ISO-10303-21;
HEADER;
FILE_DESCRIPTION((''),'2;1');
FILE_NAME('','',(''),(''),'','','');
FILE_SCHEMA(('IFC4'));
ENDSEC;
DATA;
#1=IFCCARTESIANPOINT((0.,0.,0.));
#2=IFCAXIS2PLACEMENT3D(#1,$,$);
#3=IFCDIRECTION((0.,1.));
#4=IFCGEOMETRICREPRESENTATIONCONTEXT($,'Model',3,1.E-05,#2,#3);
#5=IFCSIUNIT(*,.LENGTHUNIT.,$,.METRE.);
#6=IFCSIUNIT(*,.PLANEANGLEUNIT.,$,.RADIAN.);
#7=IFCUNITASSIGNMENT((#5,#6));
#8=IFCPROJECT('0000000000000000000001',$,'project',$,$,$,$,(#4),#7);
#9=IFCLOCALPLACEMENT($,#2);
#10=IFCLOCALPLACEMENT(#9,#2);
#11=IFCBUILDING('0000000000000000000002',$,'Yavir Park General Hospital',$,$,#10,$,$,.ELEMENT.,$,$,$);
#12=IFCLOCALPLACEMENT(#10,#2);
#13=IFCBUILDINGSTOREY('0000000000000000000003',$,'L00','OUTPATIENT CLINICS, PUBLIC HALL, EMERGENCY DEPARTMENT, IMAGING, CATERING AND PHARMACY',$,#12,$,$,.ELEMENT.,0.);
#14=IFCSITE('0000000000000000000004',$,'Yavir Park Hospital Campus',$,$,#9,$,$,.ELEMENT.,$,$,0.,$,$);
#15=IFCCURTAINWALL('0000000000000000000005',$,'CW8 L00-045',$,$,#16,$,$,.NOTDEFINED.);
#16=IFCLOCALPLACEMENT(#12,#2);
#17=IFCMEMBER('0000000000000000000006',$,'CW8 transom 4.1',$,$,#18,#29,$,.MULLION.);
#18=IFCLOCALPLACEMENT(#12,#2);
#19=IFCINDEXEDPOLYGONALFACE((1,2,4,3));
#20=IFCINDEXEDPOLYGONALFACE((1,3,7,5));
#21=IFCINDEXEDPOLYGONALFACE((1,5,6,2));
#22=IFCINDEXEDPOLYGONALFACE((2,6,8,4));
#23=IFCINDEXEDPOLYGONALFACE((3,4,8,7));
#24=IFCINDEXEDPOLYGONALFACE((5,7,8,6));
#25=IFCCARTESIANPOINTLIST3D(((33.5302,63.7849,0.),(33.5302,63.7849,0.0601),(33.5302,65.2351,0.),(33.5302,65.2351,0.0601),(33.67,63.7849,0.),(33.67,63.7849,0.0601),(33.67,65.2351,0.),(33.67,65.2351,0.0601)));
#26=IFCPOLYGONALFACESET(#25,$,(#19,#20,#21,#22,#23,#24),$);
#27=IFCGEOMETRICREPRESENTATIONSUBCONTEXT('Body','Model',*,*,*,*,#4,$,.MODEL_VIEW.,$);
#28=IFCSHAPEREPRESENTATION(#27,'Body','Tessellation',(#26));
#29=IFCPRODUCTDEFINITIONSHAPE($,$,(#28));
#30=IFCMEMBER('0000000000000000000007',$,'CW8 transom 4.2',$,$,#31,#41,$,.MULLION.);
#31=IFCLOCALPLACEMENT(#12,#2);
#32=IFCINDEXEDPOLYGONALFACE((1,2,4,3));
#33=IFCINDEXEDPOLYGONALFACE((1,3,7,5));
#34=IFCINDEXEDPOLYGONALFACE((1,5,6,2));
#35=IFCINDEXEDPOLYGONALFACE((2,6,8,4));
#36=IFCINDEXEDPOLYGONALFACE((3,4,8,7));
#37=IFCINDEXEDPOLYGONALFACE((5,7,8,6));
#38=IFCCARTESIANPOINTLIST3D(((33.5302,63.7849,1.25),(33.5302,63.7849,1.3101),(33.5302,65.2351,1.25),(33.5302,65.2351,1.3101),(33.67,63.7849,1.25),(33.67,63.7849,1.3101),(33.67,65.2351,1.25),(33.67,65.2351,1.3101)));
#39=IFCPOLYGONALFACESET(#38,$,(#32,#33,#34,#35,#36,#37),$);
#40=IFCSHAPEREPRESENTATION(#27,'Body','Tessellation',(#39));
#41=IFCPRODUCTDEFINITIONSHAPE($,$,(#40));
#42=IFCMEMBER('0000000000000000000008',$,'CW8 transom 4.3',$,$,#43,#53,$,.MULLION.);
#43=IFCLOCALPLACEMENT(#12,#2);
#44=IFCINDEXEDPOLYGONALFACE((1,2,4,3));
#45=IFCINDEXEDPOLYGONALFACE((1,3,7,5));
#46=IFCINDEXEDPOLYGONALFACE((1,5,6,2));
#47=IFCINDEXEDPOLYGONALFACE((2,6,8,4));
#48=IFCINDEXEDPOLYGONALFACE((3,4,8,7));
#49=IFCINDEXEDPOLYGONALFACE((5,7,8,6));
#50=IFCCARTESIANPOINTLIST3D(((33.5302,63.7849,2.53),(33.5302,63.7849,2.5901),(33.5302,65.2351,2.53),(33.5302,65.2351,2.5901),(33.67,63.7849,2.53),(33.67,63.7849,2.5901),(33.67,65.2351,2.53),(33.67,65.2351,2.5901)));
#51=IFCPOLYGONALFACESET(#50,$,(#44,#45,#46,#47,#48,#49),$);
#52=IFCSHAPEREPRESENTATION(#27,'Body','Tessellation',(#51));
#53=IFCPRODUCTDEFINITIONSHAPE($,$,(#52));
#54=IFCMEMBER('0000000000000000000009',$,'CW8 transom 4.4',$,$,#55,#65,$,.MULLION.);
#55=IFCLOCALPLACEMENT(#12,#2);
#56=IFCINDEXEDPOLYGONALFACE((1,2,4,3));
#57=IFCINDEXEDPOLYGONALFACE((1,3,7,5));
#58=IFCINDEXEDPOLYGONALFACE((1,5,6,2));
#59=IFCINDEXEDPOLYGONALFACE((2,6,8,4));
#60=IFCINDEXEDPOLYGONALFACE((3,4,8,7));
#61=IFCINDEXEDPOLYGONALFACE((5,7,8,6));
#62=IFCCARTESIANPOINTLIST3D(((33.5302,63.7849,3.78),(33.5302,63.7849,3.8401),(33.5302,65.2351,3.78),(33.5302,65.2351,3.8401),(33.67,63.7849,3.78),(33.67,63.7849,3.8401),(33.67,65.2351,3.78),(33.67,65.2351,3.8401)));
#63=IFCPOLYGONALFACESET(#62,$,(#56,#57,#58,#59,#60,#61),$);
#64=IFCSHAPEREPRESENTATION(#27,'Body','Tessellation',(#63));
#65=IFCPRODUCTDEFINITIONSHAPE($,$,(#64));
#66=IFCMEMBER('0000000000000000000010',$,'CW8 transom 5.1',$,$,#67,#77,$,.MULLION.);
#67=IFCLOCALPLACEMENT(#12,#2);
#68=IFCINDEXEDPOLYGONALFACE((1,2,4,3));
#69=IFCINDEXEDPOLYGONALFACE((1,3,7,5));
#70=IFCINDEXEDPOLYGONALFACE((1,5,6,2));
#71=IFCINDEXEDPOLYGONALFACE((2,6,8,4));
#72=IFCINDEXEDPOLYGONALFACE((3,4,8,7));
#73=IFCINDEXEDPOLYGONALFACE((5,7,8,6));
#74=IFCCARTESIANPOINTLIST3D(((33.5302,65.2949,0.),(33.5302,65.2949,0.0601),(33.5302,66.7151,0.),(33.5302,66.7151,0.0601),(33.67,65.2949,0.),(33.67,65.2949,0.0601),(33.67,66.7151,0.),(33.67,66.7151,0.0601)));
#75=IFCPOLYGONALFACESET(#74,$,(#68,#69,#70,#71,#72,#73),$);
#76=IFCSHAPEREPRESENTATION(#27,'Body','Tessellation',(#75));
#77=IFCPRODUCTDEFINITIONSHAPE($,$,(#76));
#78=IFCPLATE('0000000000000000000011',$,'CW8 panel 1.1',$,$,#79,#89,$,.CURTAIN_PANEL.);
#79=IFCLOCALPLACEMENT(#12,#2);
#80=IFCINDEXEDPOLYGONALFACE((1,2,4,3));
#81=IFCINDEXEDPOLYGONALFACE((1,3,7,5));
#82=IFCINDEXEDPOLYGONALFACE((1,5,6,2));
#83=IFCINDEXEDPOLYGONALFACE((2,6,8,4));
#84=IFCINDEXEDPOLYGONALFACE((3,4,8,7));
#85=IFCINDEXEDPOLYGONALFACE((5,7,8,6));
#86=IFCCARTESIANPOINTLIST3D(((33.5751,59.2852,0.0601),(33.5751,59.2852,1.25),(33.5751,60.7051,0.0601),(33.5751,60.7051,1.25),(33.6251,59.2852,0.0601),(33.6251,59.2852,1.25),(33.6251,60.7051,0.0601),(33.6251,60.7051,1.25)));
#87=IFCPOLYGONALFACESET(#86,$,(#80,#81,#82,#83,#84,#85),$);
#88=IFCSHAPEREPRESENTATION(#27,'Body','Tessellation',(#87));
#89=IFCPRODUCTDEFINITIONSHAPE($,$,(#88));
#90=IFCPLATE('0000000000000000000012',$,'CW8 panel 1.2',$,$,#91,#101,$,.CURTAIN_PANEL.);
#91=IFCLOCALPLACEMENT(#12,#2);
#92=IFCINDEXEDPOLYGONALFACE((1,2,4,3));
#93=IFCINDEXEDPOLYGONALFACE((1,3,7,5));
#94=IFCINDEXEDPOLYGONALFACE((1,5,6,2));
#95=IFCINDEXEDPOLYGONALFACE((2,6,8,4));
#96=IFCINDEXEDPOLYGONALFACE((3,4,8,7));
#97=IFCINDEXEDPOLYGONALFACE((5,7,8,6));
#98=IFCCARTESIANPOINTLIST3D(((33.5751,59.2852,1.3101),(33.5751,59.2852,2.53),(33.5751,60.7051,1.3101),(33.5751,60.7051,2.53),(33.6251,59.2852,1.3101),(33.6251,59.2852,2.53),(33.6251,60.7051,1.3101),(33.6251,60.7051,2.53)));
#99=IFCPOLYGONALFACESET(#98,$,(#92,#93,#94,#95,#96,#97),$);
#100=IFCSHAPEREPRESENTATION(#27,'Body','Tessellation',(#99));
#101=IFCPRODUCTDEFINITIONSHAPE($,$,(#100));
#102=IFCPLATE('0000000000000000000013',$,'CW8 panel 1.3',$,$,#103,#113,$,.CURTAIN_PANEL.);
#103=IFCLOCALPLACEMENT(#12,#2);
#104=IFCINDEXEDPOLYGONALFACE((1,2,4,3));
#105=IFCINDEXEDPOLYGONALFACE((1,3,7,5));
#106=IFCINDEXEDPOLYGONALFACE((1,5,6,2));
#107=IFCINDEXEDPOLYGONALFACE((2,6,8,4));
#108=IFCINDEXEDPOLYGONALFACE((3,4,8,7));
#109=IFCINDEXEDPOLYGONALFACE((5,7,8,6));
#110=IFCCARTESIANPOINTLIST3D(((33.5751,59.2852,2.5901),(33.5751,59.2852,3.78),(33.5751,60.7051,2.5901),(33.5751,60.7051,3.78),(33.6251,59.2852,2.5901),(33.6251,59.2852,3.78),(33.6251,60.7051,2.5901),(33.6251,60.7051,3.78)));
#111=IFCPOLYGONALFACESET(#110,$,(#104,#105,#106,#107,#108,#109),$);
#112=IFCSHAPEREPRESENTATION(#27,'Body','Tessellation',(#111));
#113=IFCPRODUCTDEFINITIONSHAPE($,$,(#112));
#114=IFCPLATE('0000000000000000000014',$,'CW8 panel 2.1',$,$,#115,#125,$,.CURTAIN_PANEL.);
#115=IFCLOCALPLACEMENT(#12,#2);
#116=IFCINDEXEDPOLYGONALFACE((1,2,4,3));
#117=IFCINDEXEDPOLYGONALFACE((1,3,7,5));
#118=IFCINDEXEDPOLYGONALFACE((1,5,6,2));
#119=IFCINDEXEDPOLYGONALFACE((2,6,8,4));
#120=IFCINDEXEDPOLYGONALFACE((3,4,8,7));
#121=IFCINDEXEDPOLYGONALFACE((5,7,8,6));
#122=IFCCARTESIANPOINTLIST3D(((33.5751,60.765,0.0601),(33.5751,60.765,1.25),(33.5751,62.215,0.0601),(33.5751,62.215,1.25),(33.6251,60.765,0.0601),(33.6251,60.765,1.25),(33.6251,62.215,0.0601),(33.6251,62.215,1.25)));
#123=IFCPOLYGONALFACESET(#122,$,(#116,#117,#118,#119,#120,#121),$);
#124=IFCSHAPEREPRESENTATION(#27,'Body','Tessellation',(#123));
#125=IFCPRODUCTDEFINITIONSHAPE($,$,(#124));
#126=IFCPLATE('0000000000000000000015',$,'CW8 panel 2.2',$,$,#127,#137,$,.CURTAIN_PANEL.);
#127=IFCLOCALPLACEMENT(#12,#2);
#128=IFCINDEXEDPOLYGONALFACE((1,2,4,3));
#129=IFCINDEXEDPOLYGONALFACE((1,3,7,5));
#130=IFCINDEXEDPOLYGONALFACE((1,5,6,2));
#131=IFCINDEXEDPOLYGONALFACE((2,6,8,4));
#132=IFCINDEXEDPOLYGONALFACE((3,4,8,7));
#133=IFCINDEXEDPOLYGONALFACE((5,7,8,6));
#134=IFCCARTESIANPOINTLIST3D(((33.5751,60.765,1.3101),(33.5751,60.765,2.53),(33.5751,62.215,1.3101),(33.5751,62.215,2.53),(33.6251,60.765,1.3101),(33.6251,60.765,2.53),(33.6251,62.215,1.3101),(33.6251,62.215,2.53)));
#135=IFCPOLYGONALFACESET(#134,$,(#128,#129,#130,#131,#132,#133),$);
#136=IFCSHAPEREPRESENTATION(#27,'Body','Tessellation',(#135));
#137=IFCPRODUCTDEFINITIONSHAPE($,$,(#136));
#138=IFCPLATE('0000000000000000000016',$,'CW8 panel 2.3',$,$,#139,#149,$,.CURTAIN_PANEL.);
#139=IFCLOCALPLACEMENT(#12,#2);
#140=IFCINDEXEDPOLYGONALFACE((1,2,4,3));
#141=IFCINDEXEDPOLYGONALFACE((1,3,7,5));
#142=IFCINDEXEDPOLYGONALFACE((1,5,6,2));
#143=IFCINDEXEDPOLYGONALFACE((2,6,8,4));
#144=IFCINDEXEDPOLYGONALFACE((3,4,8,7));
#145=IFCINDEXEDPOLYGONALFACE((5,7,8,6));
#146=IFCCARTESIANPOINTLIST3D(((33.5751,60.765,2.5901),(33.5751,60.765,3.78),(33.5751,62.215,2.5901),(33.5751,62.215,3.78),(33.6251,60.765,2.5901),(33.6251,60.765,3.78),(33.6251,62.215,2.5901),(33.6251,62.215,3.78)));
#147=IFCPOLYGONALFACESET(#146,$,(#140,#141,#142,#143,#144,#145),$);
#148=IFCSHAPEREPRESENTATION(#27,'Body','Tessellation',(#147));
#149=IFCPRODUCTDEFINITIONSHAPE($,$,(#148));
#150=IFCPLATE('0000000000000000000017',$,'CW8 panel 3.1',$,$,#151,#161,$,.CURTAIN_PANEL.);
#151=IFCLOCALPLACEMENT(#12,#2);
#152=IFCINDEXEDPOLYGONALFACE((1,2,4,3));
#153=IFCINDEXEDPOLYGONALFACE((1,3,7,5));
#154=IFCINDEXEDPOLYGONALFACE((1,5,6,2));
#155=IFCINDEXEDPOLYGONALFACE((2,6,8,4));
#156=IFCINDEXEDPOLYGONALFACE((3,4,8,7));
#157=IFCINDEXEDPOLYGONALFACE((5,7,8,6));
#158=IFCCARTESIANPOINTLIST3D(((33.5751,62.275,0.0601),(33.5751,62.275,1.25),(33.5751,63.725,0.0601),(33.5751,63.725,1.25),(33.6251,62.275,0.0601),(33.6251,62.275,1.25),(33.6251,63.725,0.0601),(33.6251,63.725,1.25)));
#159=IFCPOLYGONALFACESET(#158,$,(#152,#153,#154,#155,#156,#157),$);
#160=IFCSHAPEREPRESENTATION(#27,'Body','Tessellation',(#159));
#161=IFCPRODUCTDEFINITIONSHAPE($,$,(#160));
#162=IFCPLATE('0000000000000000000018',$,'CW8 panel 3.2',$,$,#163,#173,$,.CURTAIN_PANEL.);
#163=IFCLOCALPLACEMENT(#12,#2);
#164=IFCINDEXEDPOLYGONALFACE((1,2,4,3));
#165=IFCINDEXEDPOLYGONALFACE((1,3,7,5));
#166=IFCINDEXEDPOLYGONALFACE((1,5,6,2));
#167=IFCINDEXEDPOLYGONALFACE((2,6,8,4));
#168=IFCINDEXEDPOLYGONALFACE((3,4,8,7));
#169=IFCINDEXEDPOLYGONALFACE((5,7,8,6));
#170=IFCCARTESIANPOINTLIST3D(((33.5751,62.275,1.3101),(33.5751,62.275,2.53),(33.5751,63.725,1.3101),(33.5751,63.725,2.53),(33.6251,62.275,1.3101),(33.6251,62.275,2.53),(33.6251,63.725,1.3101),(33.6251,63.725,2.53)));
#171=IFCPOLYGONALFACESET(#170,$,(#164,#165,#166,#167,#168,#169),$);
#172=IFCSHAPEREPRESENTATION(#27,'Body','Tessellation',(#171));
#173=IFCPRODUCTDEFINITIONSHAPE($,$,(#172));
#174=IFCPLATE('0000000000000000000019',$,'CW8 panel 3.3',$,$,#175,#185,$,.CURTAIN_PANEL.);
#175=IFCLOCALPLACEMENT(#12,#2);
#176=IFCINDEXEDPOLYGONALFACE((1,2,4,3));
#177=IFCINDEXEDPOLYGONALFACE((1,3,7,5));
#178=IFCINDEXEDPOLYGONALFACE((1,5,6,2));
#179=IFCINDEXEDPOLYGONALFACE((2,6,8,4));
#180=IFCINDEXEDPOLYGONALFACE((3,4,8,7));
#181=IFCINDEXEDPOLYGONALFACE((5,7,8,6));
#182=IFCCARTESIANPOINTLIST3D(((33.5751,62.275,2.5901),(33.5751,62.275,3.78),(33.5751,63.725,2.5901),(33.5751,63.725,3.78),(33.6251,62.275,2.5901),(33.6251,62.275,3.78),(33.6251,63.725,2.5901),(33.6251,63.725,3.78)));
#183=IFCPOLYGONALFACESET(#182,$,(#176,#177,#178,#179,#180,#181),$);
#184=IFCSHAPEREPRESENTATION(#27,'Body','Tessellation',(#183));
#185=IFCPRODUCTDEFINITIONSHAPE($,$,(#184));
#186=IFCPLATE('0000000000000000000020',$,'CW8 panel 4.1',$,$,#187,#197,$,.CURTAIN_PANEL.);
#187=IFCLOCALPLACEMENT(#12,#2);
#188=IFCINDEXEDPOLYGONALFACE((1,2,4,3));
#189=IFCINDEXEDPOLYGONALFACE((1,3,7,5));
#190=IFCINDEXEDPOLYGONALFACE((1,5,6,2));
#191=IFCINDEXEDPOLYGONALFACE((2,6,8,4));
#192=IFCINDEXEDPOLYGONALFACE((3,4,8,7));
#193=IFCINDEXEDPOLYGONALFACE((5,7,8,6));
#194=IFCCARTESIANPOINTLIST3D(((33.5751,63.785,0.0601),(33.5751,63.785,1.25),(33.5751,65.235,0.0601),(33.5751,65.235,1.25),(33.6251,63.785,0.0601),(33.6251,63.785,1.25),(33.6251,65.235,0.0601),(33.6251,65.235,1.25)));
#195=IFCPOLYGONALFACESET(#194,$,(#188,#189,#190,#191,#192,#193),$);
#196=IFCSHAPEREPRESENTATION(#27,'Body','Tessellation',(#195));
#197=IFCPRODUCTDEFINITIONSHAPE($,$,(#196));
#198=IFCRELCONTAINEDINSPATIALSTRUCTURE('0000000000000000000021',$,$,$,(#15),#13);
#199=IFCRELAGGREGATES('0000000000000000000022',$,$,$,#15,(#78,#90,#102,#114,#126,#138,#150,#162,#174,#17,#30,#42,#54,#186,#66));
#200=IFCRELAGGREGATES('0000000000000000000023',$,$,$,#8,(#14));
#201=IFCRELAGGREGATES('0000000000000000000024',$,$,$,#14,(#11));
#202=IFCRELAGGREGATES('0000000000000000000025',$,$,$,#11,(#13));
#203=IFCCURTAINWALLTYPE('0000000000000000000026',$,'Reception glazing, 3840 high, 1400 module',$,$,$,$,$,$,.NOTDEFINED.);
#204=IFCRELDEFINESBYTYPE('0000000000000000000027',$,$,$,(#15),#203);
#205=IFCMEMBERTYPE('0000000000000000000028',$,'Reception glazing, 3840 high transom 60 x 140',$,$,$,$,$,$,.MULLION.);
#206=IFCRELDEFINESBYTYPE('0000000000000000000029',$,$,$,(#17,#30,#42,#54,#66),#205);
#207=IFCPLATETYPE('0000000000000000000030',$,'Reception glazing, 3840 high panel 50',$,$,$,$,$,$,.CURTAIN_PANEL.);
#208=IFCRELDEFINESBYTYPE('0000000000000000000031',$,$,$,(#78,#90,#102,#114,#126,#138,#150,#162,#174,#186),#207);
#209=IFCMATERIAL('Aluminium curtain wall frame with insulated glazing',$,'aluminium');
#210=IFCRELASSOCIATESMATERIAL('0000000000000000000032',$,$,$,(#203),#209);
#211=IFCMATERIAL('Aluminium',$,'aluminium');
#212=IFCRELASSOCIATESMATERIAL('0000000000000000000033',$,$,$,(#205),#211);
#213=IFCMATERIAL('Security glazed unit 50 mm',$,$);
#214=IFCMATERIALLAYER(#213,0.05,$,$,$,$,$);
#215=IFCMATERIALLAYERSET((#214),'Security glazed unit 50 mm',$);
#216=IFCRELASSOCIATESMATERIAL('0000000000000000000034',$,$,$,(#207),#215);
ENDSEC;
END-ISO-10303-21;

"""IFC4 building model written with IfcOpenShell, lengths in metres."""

from ifc_helpers import new_model, si_unit, direction, frame, origin, origin_2d, place, context, subcontext, project, spatial, rectangle, extrude, material, layer, layer_set, material_profile, profile_set, type_object, element, aggregate, save


model = new_model("IFC4")

# Units and contexts
model_context = context("Model", 3, precision=1e-05, world=origin(), true_north=direction((0.0, 1.0)))
body_context = subcontext(model_context, "Body", "Model", "MODEL_VIEW")
ifc_project = project(units=[si_unit("LENGTHUNIT", "METRE"), si_unit("PLANEANGLEUNIT", "RADIAN")], contexts=[model_context])

# Site, building, storey
site_placement = place(None, origin())
site = spatial("IfcSite", under=ifc_project, at=site_placement, Name="Yavir Park Hospital Campus", CompositionType="ELEMENT", RefElevation=0.0)
building_placement = place(site_placement, origin())
building = spatial("IfcBuilding", under=site, at=building_placement, Name="Yavir Park General Hospital", CompositionType="ELEMENT")
storey_placement = place(building_placement, origin())
storey = spatial("IfcBuildingStorey", under=building, at=storey_placement, Name="L00", Description="OUTPATIENT CLINICS, PUBLIC HALL, EMERGENCY DEPARTMENT, IMAGING, CATERING AND PHARMACY", CompositionType="ELEMENT", Elevation=0.0)

# Curtain wall, members, plates
ifc_material_1 = material(Name="Aluminium curtain wall frame with insulated glazing", Category="aluminium")
curtain_wall_type = type_object("IfcCurtainWallType", Name="Reception glazing, 3840 high, 1400 module", PredefinedType="NOTDEFINED", material=ifc_material_1)
curtain_wall_placement = place(storey_placement, origin())
curtain_wall = element("IfcCurtainWall", 1, at=curtain_wall_placement, inside=storey, type_object=curtain_wall_type, Name="CW8 L00-045", PredefinedType="NOTDEFINED")
ifc_material_2 = material(Name="Aluminium", Category="aluminium")
ifc_material_profile_1 = material_profile(ifc_material_2, rectangle(XDim=0.1399, YDim=0.0601, at=origin_2d()), Name="AL 140x60")
ifc_profile_set_1 = profile_set([ifc_material_profile_1], Name="Aluminium")
member_type_1 = type_object("IfcMemberType", Name="Reception glazing, 3840 high transom 60 x 140", PredefinedType="MULLION", material=ifc_profile_set_1)
member_1_placement = place(storey_placement, frame((33.6001, 63.7849, 0.03), z_axis=(0.0, 1.0, 0.0), x_axis=(-1.0, 0.0, 0.0)))
member_1 = element("IfcMember", 2, at=member_1_placement, type_object=member_type_1, Name="CW8 transom 4.1", PredefinedType="MULLION", context=body_context, shape_type="SweptSolid", body=[
    extrude(rectangle(XDim=0.1399, YDim=0.0601, at=origin_2d()), origin(), (0.0, 0.0, 1.0), 1.4502),
])
member_2_placement = place(storey_placement, frame((33.6001, 63.7849, 1.28), z_axis=(0.0, 1.0, 0.0), x_axis=(-1.0, 0.0, 0.0)))
member_2 = element("IfcMember", 3, at=member_2_placement, type_object=member_type_1, Name="CW8 transom 4.2", PredefinedType="MULLION", context=body_context, shape_type="SweptSolid", body=[
    extrude(rectangle(XDim=0.1399, YDim=0.0601, at=origin_2d()), origin(), (0.0, 0.0, 1.0), 1.4502),
])
member_3_placement = place(storey_placement, frame((33.6001, 63.7849, 2.5601), z_axis=(0.0, 1.0, 0.0), x_axis=(-1.0, 0.0, 0.0)))
member_3 = element("IfcMember", 4, at=member_3_placement, type_object=member_type_1, Name="CW8 transom 4.3", PredefinedType="MULLION", context=body_context, shape_type="SweptSolid", body=[
    extrude(rectangle(XDim=0.1399, YDim=0.0601, at=origin_2d()), origin(), (0.0, 0.0, 1.0), 1.4502),
])
member_4_placement = place(storey_placement, frame((33.6001, 63.7849, 3.8101), z_axis=(0.0, 1.0, 0.0), x_axis=(-1.0, 0.0, 0.0)))
member_4 = element("IfcMember", 5, at=member_4_placement, type_object=member_type_1, Name="CW8 transom 4.4", PredefinedType="MULLION", context=body_context, shape_type="SweptSolid", body=[
    extrude(rectangle(XDim=0.1399, YDim=0.0601, at=origin_2d()), origin(), (0.0, 0.0, 1.0), 1.4502),
])
member_5_placement = place(storey_placement, frame((33.6001, 65.2949, 0.03), z_axis=(0.0, 1.0, 0.0), x_axis=(-1.0, 0.0, 0.0)))
member_5 = element("IfcMember", 6, at=member_5_placement, type_object=member_type_1, Name="CW8 transom 5.1", PredefinedType="MULLION", context=body_context, shape_type="SweptSolid", body=[
    extrude(rectangle(XDim=0.1399, YDim=0.0601, at=origin_2d()), origin(), (0.0, 0.0, 1.0), 1.4202),
])
ifc_material_3 = material(Name="Security glazed unit 50 mm")
ifc_layer = layer(ifc_material_3, 0.05)
ifc_layer_set = layer_set([ifc_layer], Name="Security glazed unit 50 mm")
plate_type = type_object("IfcPlateType", Name="Reception glazing, 3840 high panel 50", PredefinedType="CURTAIN_PANEL", material=ifc_layer_set)
plate_1_placement = place(storey_placement, frame((33.6001, 59.9951, 0.0601), z_axis=(0.0, 0.0, 1.0), x_axis=(0.0, 1.0, 0.0)))
plate_1 = element("IfcPlate", 7, at=plate_1_placement, type_object=plate_type, Name="CW8 panel 1.1", PredefinedType="CURTAIN_PANEL", context=body_context, shape_type="SweptSolid", body=[
    extrude(rectangle(XDim=1.4199, YDim=0.05, at=origin_2d()), origin(), (0.0, 0.0, 1.0), 1.1899),
])
plate_2_placement = place(storey_placement, frame((33.6001, 59.9951, 1.3101), z_axis=(0.0, 0.0, 1.0), x_axis=(0.0, 1.0, 0.0)))
plate_2 = element("IfcPlate", 8, at=plate_2_placement, type_object=plate_type, Name="CW8 panel 1.2", PredefinedType="CURTAIN_PANEL", context=body_context, shape_type="SweptSolid", body=[
    extrude(rectangle(XDim=1.4199, YDim=0.05, at=origin_2d()), origin(), (0.0, 0.0, 1.0), 1.22),
])
plate_3_placement = place(storey_placement, frame((33.6001, 59.9951, 2.5901), z_axis=(0.0, 0.0, 1.0), x_axis=(0.0, 1.0, 0.0)))
plate_3 = element("IfcPlate", 9, at=plate_3_placement, type_object=plate_type, Name="CW8 panel 1.3", PredefinedType="CURTAIN_PANEL", context=body_context, shape_type="SweptSolid", body=[
    extrude(rectangle(XDim=1.4199, YDim=0.05, at=origin_2d()), origin(), (0.0, 0.0, 1.0), 1.1899),
])
plate_4_placement = place(storey_placement, frame((33.6001, 61.49, 0.0601), z_axis=(0.0, 0.0, 1.0), x_axis=(0.0, 1.0, 0.0)))
plate_4 = element("IfcPlate", 10, at=plate_4_placement, type_object=plate_type, Name="CW8 panel 2.1", PredefinedType="CURTAIN_PANEL", context=body_context, shape_type="SweptSolid", body=[
    extrude(rectangle(XDim=1.45, YDim=0.05, at=origin_2d()), origin(), (0.0, 0.0, 1.0), 1.1899),
])
plate_5_placement = place(storey_placement, frame((33.6001, 61.49, 1.3101), z_axis=(0.0, 0.0, 1.0), x_axis=(0.0, 1.0, 0.0)))
plate_5 = element("IfcPlate", 11, at=plate_5_placement, type_object=plate_type, Name="CW8 panel 2.2", PredefinedType="CURTAIN_PANEL", context=body_context, shape_type="SweptSolid", body=[
    extrude(rectangle(XDim=1.45, YDim=0.05, at=origin_2d()), origin(), (0.0, 0.0, 1.0), 1.22),
])
plate_6_placement = place(storey_placement, frame((33.6001, 61.49, 2.5901), z_axis=(0.0, 0.0, 1.0), x_axis=(0.0, 1.0, 0.0)))
plate_6 = element("IfcPlate", 12, at=plate_6_placement, type_object=plate_type, Name="CW8 panel 2.3", PredefinedType="CURTAIN_PANEL", context=body_context, shape_type="SweptSolid", body=[
    extrude(rectangle(XDim=1.45, YDim=0.05, at=origin_2d()), origin(), (0.0, 0.0, 1.0), 1.1899),
])
plate_7_placement = place(storey_placement, frame((33.6001, 63.0, 0.0601), z_axis=(0.0, 0.0, 1.0), x_axis=(0.0, 1.0, 0.0)))
plate_7 = element("IfcPlate", 13, at=plate_7_placement, type_object=plate_type, Name="CW8 panel 3.1", PredefinedType="CURTAIN_PANEL", context=body_context, shape_type="SweptSolid", body=[
    extrude(rectangle(XDim=1.45, YDim=0.05, at=origin_2d()), origin(), (0.0, 0.0, 1.0), 1.1899),
])
plate_8_placement = place(storey_placement, frame((33.6001, 63.0, 1.3101), z_axis=(0.0, 0.0, 1.0), x_axis=(0.0, 1.0, 0.0)))
plate_8 = element("IfcPlate", 14, at=plate_8_placement, type_object=plate_type, Name="CW8 panel 3.2", PredefinedType="CURTAIN_PANEL", context=body_context, shape_type="SweptSolid", body=[
    extrude(rectangle(XDim=1.45, YDim=0.05, at=origin_2d()), origin(), (0.0, 0.0, 1.0), 1.22),
])
plate_9_placement = place(storey_placement, frame((33.6001, 63.0, 2.5901), z_axis=(0.0, 0.0, 1.0), x_axis=(0.0, 1.0, 0.0)))
plate_9 = element("IfcPlate", 15, at=plate_9_placement, type_object=plate_type, Name="CW8 panel 3.3", PredefinedType="CURTAIN_PANEL", context=body_context, shape_type="SweptSolid", body=[
    extrude(rectangle(XDim=1.45, YDim=0.05, at=origin_2d()), origin(), (0.0, 0.0, 1.0), 1.1899),
])
plate_10_placement = place(storey_placement, frame((33.6001, 64.51, 0.0601), z_axis=(0.0, 0.0, 1.0), x_axis=(0.0, 1.0, 0.0)))
plate_10 = element("IfcPlate", 16, at=plate_10_placement, type_object=plate_type, Name="CW8 panel 4.1", PredefinedType="CURTAIN_PANEL", context=body_context, shape_type="SweptSolid", body=[
    extrude(rectangle(XDim=1.45, YDim=0.05, at=origin_2d()), origin(), (0.0, 0.0, 1.0), 1.1899),
])
aggregate(curtain_wall, [plate_1, plate_2, plate_3, plate_4, plate_5, plate_6, plate_7, plate_8, plate_9, member_1, member_2, member_3, member_4, plate_10, member_5])

save(model, "model.ifc")
